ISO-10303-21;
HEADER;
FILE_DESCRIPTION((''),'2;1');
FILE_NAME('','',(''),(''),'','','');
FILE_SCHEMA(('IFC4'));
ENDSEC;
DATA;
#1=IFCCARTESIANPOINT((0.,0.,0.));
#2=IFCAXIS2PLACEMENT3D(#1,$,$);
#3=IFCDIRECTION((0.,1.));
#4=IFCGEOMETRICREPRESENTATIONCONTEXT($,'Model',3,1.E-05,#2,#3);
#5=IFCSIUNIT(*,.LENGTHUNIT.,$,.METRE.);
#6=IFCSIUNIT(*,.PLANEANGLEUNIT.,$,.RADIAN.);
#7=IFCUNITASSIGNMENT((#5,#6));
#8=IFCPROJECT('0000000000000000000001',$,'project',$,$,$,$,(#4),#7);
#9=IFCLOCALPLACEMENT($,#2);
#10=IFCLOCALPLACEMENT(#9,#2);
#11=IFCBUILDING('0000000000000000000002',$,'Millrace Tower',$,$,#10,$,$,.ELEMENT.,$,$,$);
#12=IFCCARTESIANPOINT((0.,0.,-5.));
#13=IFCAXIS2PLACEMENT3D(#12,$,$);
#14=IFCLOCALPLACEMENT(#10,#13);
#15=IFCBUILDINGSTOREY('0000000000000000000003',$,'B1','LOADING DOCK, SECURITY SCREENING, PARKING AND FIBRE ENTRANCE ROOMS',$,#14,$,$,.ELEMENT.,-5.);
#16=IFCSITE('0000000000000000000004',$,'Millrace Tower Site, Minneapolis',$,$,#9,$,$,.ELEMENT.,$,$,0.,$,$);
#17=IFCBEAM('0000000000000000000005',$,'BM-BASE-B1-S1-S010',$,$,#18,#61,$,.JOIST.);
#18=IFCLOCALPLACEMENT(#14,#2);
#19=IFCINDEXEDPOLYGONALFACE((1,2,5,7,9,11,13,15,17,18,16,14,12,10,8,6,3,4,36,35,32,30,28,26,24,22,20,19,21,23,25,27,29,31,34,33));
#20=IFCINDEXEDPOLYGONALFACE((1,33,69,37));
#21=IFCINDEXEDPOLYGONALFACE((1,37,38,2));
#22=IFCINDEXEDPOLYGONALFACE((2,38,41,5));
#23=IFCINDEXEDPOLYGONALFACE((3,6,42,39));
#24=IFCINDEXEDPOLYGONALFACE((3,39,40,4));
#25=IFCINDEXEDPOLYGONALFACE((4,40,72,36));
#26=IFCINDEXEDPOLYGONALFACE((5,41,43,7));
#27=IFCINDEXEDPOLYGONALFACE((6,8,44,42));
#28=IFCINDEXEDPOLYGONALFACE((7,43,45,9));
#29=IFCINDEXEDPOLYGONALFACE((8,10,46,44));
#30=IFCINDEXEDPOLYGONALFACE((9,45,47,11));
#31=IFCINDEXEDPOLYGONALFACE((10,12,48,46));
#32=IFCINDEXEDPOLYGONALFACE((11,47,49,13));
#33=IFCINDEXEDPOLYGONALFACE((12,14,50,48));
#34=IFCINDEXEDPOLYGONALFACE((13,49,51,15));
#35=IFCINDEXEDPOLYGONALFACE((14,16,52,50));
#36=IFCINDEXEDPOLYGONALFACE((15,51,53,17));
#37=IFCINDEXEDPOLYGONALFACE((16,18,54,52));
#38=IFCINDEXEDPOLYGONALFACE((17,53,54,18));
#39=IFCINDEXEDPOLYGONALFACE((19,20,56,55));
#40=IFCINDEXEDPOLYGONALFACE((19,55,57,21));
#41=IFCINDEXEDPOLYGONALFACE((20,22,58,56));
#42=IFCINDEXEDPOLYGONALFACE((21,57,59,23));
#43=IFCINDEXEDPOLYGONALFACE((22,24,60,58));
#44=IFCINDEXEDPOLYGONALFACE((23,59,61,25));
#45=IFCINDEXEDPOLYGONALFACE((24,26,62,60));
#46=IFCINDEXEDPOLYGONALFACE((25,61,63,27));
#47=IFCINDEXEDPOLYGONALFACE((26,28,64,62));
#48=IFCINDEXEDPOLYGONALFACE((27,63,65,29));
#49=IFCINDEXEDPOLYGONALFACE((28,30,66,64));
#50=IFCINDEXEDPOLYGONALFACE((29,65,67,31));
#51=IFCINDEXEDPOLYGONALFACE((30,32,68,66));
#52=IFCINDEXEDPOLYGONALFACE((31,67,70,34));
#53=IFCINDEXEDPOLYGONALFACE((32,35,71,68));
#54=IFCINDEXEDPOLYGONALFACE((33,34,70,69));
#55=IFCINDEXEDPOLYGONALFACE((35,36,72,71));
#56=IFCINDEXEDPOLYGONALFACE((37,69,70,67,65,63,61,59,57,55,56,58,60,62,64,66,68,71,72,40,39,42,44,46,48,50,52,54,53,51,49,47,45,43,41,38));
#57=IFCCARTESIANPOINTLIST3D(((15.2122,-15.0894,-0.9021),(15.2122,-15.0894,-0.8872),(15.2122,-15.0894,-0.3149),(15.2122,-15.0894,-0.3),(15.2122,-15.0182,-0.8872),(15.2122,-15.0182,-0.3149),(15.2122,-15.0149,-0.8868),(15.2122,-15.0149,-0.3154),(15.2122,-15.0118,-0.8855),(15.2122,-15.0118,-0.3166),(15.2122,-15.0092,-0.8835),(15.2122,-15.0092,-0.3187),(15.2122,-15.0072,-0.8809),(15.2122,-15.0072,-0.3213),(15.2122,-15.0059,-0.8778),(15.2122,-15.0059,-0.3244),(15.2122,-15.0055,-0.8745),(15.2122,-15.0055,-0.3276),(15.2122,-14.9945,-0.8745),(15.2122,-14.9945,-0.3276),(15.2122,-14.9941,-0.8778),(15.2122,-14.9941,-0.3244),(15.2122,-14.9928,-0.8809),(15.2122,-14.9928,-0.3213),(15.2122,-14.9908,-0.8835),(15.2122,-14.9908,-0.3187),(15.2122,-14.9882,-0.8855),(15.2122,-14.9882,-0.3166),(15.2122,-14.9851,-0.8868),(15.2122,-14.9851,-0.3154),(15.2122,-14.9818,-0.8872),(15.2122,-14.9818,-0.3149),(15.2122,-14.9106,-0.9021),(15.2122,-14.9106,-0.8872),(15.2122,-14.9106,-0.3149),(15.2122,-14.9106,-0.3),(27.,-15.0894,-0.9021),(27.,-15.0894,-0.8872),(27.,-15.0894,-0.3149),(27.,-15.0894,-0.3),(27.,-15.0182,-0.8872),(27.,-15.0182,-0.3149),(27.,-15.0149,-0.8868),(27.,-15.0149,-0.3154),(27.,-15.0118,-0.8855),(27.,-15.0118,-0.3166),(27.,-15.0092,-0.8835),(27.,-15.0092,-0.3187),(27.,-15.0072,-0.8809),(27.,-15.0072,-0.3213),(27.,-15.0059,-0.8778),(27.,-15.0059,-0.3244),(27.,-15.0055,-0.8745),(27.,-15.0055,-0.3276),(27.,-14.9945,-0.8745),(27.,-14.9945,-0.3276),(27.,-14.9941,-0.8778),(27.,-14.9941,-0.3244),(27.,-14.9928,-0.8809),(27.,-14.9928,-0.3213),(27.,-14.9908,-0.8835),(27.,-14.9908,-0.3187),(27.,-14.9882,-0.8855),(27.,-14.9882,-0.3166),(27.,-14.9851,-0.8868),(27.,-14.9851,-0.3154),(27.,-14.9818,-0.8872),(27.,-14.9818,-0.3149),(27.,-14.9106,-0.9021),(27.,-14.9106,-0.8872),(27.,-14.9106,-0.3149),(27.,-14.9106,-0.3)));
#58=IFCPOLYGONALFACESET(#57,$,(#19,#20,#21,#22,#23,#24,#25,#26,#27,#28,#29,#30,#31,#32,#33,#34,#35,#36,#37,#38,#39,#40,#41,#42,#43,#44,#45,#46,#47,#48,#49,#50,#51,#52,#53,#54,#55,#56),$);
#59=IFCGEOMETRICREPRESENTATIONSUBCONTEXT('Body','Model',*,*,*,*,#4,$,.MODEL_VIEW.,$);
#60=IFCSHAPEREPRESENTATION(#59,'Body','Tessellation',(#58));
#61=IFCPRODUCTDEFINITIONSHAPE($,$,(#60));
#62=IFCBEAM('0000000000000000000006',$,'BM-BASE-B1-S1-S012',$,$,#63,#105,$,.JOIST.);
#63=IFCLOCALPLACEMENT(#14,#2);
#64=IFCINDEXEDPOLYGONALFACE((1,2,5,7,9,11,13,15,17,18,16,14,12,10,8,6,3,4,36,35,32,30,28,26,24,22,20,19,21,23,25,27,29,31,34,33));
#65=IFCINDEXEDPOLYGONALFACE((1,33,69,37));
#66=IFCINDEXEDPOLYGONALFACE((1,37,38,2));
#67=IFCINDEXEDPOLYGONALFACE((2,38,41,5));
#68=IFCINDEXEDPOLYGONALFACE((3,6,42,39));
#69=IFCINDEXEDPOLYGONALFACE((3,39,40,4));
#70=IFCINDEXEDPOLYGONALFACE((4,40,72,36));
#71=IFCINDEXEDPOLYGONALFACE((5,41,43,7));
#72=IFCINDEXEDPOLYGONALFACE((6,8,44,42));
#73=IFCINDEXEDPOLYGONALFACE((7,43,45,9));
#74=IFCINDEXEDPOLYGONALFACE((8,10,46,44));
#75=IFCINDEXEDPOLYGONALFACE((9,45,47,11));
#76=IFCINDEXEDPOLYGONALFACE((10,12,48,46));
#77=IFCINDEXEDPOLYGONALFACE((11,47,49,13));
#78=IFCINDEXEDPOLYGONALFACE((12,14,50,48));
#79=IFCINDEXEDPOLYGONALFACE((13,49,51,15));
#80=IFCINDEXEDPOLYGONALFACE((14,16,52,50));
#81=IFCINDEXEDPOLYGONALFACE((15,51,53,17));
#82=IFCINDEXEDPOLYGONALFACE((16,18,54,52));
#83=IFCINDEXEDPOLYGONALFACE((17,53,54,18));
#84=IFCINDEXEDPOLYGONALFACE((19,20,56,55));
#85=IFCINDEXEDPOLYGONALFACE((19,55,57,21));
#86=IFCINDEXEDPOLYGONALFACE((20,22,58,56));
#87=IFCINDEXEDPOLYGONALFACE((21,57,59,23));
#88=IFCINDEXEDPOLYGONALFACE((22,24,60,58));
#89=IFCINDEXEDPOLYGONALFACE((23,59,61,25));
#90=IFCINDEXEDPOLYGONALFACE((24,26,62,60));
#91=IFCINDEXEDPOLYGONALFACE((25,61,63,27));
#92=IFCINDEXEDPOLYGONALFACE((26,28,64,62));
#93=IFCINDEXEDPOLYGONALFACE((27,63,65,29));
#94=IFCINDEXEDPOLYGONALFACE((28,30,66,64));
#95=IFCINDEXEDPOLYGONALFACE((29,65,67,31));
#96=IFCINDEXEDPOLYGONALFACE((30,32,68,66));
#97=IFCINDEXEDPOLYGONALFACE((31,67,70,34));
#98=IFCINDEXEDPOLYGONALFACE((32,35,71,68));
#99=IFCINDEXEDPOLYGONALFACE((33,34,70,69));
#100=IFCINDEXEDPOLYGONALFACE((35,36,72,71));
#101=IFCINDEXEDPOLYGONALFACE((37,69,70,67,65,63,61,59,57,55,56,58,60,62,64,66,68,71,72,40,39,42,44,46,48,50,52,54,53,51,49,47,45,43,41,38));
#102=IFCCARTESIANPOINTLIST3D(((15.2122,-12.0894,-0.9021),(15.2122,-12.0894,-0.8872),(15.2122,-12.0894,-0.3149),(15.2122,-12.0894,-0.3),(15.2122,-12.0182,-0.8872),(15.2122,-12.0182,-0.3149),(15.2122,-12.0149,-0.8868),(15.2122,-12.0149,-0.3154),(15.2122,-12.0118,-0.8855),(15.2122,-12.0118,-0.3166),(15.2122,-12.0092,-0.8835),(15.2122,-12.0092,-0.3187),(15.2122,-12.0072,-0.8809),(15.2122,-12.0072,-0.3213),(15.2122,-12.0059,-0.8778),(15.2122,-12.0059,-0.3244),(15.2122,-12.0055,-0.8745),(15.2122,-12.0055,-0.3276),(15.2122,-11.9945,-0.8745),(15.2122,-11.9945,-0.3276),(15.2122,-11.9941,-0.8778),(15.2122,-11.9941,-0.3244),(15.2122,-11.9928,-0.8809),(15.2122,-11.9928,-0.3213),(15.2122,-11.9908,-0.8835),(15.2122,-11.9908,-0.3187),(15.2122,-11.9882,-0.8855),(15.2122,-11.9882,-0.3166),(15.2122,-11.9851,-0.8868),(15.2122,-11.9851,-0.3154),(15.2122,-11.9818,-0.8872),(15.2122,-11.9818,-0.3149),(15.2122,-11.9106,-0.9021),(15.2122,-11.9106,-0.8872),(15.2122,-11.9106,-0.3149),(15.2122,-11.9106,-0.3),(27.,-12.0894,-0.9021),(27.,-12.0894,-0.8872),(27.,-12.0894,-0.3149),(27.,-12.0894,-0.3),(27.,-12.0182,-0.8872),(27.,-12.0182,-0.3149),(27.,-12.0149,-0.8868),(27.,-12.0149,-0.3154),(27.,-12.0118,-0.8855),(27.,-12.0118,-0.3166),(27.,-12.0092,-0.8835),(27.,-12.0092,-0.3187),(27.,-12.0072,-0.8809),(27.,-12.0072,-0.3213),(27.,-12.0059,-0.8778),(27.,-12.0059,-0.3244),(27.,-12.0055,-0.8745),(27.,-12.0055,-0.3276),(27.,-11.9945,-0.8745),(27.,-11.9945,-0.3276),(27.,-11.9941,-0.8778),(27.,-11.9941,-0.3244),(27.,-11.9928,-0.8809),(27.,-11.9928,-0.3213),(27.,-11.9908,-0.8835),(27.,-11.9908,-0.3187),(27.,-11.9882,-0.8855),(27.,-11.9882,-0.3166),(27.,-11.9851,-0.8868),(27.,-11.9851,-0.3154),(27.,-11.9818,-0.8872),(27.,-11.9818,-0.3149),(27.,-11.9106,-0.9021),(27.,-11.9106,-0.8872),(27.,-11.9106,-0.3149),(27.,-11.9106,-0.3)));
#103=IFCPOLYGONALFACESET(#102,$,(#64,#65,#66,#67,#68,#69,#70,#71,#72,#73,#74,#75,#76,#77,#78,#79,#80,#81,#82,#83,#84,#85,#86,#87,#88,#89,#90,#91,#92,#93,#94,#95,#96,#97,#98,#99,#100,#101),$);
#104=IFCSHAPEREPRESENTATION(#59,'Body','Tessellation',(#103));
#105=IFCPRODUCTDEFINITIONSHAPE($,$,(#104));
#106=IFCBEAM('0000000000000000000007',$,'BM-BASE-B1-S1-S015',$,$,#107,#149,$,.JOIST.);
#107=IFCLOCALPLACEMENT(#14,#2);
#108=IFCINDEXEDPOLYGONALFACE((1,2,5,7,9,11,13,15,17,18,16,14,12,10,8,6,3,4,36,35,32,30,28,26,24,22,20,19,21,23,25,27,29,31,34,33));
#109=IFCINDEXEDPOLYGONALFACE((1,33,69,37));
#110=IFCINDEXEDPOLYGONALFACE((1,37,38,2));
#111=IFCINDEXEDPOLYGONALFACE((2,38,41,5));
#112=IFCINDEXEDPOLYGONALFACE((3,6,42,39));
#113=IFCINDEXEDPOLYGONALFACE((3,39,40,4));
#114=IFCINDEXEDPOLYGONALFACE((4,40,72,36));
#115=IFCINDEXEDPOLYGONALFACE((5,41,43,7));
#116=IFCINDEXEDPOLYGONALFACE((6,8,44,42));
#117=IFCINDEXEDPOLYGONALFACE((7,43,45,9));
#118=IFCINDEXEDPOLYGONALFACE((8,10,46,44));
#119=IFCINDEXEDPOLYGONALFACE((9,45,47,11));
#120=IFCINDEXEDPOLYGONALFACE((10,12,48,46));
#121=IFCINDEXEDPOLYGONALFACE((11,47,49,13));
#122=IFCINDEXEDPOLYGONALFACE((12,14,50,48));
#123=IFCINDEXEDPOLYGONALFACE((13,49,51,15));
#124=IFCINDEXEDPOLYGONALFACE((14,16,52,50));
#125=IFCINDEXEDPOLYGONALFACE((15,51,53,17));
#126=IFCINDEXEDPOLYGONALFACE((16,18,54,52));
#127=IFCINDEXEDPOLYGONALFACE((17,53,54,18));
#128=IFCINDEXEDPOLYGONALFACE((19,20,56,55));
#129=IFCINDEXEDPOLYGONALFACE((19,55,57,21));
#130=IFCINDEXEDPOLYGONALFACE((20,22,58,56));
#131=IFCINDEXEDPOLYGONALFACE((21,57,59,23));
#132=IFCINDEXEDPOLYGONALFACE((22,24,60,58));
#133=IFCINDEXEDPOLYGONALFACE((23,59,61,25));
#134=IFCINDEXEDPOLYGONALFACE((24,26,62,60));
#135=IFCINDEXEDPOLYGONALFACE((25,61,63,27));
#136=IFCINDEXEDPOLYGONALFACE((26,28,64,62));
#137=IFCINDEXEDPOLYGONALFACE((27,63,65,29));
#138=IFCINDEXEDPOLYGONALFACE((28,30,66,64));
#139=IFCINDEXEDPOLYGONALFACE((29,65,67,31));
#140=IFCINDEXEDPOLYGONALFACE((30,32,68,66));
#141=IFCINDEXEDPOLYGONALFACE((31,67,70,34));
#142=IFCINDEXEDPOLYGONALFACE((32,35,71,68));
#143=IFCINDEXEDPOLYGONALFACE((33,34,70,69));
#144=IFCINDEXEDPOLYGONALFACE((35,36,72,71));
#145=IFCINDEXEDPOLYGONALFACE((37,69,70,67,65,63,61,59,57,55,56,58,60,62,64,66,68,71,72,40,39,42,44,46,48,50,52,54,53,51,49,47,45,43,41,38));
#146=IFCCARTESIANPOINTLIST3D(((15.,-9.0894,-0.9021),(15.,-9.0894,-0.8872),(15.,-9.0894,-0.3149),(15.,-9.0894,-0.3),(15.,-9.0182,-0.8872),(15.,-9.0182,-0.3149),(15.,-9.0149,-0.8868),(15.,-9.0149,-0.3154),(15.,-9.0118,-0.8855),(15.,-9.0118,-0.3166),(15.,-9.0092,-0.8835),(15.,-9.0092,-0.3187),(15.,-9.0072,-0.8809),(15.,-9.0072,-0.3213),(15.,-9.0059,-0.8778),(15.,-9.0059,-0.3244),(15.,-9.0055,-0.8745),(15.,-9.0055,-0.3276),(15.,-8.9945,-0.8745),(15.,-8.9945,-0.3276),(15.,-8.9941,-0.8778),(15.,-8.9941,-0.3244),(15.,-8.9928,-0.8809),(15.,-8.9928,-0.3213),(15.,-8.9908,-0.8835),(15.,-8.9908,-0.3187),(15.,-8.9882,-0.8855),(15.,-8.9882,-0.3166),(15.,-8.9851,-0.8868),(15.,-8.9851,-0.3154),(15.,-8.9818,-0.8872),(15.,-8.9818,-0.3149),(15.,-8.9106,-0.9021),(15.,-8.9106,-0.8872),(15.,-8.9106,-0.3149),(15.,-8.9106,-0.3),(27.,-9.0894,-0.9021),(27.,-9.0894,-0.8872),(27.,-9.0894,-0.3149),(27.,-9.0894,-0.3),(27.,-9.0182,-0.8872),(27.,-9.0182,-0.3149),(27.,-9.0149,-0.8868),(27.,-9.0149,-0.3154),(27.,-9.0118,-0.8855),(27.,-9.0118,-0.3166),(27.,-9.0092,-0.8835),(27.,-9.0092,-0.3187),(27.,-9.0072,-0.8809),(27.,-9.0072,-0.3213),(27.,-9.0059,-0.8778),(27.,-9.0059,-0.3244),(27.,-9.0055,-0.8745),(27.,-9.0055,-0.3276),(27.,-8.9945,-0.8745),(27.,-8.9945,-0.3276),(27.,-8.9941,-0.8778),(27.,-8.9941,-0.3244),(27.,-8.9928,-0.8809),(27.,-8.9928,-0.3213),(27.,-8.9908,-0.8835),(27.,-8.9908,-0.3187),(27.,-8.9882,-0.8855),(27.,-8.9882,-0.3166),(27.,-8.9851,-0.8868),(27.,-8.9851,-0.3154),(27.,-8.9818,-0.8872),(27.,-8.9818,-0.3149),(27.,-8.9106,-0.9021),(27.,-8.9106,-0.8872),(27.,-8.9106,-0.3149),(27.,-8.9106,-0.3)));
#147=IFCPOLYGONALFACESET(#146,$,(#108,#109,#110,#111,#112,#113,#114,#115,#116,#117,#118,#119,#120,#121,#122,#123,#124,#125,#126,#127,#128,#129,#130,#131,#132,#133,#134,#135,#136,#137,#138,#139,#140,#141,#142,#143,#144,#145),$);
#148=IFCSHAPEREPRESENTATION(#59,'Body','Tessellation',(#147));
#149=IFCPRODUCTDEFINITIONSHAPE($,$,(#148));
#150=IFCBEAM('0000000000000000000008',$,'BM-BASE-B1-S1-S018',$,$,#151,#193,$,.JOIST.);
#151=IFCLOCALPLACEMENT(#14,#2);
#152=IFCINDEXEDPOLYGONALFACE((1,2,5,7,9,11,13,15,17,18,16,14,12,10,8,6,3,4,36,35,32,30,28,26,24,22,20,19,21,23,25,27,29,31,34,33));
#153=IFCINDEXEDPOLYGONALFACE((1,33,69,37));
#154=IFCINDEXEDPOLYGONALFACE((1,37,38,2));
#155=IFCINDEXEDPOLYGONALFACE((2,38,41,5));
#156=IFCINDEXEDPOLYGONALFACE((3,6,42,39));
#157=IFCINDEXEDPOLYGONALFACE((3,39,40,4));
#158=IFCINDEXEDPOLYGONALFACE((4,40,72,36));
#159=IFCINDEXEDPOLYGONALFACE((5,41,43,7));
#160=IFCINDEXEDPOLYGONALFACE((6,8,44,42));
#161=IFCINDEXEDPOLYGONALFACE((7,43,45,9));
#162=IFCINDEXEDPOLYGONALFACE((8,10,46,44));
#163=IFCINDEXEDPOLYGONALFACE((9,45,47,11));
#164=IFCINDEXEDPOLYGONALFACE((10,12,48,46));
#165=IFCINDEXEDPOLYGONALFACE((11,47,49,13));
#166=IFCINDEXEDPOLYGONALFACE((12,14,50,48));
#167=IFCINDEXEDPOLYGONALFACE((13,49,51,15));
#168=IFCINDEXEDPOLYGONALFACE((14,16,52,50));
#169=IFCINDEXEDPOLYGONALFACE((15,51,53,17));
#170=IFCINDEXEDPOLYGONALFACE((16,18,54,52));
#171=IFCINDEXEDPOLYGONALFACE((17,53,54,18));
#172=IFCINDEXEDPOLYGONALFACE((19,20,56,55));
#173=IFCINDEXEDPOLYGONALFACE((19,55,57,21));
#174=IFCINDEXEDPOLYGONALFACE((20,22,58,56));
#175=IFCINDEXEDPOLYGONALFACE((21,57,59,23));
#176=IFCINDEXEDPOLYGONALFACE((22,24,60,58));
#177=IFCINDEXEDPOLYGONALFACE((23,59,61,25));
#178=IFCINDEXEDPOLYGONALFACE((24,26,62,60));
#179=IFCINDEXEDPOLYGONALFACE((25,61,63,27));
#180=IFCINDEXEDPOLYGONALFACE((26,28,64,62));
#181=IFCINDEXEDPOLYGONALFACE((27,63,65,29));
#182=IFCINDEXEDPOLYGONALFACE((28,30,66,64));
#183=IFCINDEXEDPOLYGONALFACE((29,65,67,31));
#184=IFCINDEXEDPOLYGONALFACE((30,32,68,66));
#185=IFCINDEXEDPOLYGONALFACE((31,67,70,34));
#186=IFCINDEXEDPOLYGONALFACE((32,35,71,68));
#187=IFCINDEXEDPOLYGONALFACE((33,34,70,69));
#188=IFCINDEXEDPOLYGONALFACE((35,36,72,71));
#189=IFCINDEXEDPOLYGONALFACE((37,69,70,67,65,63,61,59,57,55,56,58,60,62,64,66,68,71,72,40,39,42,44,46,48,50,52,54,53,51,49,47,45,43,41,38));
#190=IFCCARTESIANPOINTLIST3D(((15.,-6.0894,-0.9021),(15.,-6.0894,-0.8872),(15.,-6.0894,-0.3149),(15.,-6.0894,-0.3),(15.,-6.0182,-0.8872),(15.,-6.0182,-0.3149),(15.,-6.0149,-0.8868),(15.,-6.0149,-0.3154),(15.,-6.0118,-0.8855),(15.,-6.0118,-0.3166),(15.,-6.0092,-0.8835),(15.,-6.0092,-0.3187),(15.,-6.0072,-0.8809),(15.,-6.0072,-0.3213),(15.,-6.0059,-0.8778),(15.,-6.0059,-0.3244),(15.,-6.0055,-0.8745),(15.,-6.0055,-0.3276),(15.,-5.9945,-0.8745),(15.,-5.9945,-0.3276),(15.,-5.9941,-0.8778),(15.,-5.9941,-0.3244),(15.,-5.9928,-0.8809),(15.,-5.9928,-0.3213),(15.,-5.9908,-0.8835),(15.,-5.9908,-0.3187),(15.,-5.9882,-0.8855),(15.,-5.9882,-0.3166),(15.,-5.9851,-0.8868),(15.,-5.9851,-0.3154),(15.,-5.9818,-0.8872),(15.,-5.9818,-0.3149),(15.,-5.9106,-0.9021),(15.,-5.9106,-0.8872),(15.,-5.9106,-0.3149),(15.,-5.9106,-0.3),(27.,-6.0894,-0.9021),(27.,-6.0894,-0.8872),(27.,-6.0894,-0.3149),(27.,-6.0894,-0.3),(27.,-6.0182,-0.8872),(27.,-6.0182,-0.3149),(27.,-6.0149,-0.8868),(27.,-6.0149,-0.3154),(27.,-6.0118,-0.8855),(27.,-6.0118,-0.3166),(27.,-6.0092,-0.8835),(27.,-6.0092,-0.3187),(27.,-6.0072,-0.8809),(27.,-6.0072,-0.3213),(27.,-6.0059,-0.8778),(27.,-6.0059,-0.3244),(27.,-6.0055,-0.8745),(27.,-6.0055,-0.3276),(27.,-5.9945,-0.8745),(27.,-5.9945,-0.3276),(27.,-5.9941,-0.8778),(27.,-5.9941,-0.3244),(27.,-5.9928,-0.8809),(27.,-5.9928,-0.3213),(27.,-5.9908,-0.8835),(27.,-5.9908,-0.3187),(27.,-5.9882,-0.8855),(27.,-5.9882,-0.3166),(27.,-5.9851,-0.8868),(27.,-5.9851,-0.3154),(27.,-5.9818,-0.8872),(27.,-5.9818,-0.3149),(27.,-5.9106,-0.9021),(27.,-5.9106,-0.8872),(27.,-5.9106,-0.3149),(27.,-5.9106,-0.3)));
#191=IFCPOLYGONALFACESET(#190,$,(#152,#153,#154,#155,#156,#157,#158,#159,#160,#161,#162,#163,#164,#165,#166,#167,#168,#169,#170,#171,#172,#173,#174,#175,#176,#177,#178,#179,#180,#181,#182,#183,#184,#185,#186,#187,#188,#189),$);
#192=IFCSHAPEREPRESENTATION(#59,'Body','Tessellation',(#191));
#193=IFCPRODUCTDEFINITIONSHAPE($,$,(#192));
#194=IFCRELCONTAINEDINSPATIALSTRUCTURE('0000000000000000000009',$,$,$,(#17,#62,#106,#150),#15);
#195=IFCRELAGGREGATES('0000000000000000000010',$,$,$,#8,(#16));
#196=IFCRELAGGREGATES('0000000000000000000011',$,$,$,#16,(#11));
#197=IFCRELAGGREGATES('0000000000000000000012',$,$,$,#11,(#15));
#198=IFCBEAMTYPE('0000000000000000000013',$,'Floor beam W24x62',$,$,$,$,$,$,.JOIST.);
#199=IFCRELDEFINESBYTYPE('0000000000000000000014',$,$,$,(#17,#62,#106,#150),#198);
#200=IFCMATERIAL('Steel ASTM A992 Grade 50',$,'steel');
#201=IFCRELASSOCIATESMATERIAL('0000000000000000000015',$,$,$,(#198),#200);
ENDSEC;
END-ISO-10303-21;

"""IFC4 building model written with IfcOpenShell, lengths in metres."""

from ifc_helpers import new_model, si_unit, direction, frame, origin, origin_2d, place, context, subcontext, project, spatial, i_section, extrude, material, material_profile, profile_set, type_object, element, save


model = new_model("IFC4")

# Units and contexts
model_context = context("Model", 3, precision=1e-05, world=origin(), true_north=direction((0.0, 1.0)))
body_context = subcontext(model_context, "Body", "Model", "MODEL_VIEW")
ifc_project = project(units=[si_unit("LENGTHUNIT", "METRE"), si_unit("PLANEANGLEUNIT", "RADIAN")], contexts=[model_context])

# Site, building, storey
site_placement = place(None, origin())
site = spatial("IfcSite", under=ifc_project, at=site_placement, Name="Millrace Tower Site, Minneapolis", CompositionType="ELEMENT", RefElevation=0.0)
building_placement = place(site_placement, origin())
building = spatial("IfcBuilding", under=site, at=building_placement, Name="Millrace Tower", CompositionType="ELEMENT")
storey_placement = place(building_placement, frame((0.0, 0.0, -5.0)))
storey = spatial("IfcBuildingStorey", under=building, at=storey_placement, Name="B1", Description="LOADING DOCK, SECURITY SCREENING, PARKING AND FIBRE ENTRANCE ROOMS", CompositionType="ELEMENT", Elevation=-5.0)

# Beams
ifc_material_1 = material(Name="Steel ASTM A992 Grade 50", Category="steel")
ifc_material_profile_1 = material_profile(ifc_material_1, i_section(OverallWidth=0.1787, OverallDepth=0.6021, WebThickness=0.011, FlangeThickness=0.0149, FilletRadius=0.0127, at=origin_2d()))
ifc_profile_set_1 = profile_set([ifc_material_profile_1], Name="Steel ASTM A992 Grade 50")
beam_type_1 = type_object("IfcBeamType", Name="Floor beam W24x62", PredefinedType="JOIST", material=ifc_profile_set_1)
for number, where, z_axis, x_axis, name in (
    (1, (15.2122, -15.0, -0.6011), (1.0, 0.0, 0.0), (0.0, 1.0, 0.0), "BM-BASE-B1-S1-S010"),
    (2, (15.2122, -12.0, -0.6011), (1.0, 0.0, 0.0), (0.0, 1.0, 0.0), "BM-BASE-B1-S1-S012"),
):
    element("IfcBeam", number, at=place(storey_placement, frame(where, z_axis=z_axis, x_axis=x_axis)), inside=storey, type_object=beam_type_1, Name=name, PredefinedType="JOIST", context=body_context, shape_type="SweptSolid", body=[
        extrude(i_section(OverallWidth=0.1787, OverallDepth=0.6021, WebThickness=0.011, FlangeThickness=0.0149, FilletRadius=0.0127, at=origin_2d()), origin(), (0.0, 0.0, 1.0), 11.7878),
    ])
for number, where, z_axis, x_axis, name in (
    (3, (15.0, -9.0, -0.6011), (1.0, 0.0, 0.0), (0.0, 1.0, 0.0), "BM-BASE-B1-S1-S015"),
    (4, (15.0, -6.0, -0.6011), (1.0, 0.0, 0.0), (0.0, 1.0, 0.0), "BM-BASE-B1-S1-S018"),
):
    element("IfcBeam", number, at=place(storey_placement, frame(where, z_axis=z_axis, x_axis=x_axis)), inside=storey, type_object=beam_type_1, Name=name, PredefinedType="JOIST", context=body_context, shape_type="SweptSolid", body=[
        extrude(i_section(OverallWidth=0.1787, OverallDepth=0.6021, WebThickness=0.011, FlangeThickness=0.0149, FilletRadius=0.0127, at=origin_2d()), origin(), (0.0, 0.0, 1.0), 12.0),
    ])

save(model, "model.ifc")
